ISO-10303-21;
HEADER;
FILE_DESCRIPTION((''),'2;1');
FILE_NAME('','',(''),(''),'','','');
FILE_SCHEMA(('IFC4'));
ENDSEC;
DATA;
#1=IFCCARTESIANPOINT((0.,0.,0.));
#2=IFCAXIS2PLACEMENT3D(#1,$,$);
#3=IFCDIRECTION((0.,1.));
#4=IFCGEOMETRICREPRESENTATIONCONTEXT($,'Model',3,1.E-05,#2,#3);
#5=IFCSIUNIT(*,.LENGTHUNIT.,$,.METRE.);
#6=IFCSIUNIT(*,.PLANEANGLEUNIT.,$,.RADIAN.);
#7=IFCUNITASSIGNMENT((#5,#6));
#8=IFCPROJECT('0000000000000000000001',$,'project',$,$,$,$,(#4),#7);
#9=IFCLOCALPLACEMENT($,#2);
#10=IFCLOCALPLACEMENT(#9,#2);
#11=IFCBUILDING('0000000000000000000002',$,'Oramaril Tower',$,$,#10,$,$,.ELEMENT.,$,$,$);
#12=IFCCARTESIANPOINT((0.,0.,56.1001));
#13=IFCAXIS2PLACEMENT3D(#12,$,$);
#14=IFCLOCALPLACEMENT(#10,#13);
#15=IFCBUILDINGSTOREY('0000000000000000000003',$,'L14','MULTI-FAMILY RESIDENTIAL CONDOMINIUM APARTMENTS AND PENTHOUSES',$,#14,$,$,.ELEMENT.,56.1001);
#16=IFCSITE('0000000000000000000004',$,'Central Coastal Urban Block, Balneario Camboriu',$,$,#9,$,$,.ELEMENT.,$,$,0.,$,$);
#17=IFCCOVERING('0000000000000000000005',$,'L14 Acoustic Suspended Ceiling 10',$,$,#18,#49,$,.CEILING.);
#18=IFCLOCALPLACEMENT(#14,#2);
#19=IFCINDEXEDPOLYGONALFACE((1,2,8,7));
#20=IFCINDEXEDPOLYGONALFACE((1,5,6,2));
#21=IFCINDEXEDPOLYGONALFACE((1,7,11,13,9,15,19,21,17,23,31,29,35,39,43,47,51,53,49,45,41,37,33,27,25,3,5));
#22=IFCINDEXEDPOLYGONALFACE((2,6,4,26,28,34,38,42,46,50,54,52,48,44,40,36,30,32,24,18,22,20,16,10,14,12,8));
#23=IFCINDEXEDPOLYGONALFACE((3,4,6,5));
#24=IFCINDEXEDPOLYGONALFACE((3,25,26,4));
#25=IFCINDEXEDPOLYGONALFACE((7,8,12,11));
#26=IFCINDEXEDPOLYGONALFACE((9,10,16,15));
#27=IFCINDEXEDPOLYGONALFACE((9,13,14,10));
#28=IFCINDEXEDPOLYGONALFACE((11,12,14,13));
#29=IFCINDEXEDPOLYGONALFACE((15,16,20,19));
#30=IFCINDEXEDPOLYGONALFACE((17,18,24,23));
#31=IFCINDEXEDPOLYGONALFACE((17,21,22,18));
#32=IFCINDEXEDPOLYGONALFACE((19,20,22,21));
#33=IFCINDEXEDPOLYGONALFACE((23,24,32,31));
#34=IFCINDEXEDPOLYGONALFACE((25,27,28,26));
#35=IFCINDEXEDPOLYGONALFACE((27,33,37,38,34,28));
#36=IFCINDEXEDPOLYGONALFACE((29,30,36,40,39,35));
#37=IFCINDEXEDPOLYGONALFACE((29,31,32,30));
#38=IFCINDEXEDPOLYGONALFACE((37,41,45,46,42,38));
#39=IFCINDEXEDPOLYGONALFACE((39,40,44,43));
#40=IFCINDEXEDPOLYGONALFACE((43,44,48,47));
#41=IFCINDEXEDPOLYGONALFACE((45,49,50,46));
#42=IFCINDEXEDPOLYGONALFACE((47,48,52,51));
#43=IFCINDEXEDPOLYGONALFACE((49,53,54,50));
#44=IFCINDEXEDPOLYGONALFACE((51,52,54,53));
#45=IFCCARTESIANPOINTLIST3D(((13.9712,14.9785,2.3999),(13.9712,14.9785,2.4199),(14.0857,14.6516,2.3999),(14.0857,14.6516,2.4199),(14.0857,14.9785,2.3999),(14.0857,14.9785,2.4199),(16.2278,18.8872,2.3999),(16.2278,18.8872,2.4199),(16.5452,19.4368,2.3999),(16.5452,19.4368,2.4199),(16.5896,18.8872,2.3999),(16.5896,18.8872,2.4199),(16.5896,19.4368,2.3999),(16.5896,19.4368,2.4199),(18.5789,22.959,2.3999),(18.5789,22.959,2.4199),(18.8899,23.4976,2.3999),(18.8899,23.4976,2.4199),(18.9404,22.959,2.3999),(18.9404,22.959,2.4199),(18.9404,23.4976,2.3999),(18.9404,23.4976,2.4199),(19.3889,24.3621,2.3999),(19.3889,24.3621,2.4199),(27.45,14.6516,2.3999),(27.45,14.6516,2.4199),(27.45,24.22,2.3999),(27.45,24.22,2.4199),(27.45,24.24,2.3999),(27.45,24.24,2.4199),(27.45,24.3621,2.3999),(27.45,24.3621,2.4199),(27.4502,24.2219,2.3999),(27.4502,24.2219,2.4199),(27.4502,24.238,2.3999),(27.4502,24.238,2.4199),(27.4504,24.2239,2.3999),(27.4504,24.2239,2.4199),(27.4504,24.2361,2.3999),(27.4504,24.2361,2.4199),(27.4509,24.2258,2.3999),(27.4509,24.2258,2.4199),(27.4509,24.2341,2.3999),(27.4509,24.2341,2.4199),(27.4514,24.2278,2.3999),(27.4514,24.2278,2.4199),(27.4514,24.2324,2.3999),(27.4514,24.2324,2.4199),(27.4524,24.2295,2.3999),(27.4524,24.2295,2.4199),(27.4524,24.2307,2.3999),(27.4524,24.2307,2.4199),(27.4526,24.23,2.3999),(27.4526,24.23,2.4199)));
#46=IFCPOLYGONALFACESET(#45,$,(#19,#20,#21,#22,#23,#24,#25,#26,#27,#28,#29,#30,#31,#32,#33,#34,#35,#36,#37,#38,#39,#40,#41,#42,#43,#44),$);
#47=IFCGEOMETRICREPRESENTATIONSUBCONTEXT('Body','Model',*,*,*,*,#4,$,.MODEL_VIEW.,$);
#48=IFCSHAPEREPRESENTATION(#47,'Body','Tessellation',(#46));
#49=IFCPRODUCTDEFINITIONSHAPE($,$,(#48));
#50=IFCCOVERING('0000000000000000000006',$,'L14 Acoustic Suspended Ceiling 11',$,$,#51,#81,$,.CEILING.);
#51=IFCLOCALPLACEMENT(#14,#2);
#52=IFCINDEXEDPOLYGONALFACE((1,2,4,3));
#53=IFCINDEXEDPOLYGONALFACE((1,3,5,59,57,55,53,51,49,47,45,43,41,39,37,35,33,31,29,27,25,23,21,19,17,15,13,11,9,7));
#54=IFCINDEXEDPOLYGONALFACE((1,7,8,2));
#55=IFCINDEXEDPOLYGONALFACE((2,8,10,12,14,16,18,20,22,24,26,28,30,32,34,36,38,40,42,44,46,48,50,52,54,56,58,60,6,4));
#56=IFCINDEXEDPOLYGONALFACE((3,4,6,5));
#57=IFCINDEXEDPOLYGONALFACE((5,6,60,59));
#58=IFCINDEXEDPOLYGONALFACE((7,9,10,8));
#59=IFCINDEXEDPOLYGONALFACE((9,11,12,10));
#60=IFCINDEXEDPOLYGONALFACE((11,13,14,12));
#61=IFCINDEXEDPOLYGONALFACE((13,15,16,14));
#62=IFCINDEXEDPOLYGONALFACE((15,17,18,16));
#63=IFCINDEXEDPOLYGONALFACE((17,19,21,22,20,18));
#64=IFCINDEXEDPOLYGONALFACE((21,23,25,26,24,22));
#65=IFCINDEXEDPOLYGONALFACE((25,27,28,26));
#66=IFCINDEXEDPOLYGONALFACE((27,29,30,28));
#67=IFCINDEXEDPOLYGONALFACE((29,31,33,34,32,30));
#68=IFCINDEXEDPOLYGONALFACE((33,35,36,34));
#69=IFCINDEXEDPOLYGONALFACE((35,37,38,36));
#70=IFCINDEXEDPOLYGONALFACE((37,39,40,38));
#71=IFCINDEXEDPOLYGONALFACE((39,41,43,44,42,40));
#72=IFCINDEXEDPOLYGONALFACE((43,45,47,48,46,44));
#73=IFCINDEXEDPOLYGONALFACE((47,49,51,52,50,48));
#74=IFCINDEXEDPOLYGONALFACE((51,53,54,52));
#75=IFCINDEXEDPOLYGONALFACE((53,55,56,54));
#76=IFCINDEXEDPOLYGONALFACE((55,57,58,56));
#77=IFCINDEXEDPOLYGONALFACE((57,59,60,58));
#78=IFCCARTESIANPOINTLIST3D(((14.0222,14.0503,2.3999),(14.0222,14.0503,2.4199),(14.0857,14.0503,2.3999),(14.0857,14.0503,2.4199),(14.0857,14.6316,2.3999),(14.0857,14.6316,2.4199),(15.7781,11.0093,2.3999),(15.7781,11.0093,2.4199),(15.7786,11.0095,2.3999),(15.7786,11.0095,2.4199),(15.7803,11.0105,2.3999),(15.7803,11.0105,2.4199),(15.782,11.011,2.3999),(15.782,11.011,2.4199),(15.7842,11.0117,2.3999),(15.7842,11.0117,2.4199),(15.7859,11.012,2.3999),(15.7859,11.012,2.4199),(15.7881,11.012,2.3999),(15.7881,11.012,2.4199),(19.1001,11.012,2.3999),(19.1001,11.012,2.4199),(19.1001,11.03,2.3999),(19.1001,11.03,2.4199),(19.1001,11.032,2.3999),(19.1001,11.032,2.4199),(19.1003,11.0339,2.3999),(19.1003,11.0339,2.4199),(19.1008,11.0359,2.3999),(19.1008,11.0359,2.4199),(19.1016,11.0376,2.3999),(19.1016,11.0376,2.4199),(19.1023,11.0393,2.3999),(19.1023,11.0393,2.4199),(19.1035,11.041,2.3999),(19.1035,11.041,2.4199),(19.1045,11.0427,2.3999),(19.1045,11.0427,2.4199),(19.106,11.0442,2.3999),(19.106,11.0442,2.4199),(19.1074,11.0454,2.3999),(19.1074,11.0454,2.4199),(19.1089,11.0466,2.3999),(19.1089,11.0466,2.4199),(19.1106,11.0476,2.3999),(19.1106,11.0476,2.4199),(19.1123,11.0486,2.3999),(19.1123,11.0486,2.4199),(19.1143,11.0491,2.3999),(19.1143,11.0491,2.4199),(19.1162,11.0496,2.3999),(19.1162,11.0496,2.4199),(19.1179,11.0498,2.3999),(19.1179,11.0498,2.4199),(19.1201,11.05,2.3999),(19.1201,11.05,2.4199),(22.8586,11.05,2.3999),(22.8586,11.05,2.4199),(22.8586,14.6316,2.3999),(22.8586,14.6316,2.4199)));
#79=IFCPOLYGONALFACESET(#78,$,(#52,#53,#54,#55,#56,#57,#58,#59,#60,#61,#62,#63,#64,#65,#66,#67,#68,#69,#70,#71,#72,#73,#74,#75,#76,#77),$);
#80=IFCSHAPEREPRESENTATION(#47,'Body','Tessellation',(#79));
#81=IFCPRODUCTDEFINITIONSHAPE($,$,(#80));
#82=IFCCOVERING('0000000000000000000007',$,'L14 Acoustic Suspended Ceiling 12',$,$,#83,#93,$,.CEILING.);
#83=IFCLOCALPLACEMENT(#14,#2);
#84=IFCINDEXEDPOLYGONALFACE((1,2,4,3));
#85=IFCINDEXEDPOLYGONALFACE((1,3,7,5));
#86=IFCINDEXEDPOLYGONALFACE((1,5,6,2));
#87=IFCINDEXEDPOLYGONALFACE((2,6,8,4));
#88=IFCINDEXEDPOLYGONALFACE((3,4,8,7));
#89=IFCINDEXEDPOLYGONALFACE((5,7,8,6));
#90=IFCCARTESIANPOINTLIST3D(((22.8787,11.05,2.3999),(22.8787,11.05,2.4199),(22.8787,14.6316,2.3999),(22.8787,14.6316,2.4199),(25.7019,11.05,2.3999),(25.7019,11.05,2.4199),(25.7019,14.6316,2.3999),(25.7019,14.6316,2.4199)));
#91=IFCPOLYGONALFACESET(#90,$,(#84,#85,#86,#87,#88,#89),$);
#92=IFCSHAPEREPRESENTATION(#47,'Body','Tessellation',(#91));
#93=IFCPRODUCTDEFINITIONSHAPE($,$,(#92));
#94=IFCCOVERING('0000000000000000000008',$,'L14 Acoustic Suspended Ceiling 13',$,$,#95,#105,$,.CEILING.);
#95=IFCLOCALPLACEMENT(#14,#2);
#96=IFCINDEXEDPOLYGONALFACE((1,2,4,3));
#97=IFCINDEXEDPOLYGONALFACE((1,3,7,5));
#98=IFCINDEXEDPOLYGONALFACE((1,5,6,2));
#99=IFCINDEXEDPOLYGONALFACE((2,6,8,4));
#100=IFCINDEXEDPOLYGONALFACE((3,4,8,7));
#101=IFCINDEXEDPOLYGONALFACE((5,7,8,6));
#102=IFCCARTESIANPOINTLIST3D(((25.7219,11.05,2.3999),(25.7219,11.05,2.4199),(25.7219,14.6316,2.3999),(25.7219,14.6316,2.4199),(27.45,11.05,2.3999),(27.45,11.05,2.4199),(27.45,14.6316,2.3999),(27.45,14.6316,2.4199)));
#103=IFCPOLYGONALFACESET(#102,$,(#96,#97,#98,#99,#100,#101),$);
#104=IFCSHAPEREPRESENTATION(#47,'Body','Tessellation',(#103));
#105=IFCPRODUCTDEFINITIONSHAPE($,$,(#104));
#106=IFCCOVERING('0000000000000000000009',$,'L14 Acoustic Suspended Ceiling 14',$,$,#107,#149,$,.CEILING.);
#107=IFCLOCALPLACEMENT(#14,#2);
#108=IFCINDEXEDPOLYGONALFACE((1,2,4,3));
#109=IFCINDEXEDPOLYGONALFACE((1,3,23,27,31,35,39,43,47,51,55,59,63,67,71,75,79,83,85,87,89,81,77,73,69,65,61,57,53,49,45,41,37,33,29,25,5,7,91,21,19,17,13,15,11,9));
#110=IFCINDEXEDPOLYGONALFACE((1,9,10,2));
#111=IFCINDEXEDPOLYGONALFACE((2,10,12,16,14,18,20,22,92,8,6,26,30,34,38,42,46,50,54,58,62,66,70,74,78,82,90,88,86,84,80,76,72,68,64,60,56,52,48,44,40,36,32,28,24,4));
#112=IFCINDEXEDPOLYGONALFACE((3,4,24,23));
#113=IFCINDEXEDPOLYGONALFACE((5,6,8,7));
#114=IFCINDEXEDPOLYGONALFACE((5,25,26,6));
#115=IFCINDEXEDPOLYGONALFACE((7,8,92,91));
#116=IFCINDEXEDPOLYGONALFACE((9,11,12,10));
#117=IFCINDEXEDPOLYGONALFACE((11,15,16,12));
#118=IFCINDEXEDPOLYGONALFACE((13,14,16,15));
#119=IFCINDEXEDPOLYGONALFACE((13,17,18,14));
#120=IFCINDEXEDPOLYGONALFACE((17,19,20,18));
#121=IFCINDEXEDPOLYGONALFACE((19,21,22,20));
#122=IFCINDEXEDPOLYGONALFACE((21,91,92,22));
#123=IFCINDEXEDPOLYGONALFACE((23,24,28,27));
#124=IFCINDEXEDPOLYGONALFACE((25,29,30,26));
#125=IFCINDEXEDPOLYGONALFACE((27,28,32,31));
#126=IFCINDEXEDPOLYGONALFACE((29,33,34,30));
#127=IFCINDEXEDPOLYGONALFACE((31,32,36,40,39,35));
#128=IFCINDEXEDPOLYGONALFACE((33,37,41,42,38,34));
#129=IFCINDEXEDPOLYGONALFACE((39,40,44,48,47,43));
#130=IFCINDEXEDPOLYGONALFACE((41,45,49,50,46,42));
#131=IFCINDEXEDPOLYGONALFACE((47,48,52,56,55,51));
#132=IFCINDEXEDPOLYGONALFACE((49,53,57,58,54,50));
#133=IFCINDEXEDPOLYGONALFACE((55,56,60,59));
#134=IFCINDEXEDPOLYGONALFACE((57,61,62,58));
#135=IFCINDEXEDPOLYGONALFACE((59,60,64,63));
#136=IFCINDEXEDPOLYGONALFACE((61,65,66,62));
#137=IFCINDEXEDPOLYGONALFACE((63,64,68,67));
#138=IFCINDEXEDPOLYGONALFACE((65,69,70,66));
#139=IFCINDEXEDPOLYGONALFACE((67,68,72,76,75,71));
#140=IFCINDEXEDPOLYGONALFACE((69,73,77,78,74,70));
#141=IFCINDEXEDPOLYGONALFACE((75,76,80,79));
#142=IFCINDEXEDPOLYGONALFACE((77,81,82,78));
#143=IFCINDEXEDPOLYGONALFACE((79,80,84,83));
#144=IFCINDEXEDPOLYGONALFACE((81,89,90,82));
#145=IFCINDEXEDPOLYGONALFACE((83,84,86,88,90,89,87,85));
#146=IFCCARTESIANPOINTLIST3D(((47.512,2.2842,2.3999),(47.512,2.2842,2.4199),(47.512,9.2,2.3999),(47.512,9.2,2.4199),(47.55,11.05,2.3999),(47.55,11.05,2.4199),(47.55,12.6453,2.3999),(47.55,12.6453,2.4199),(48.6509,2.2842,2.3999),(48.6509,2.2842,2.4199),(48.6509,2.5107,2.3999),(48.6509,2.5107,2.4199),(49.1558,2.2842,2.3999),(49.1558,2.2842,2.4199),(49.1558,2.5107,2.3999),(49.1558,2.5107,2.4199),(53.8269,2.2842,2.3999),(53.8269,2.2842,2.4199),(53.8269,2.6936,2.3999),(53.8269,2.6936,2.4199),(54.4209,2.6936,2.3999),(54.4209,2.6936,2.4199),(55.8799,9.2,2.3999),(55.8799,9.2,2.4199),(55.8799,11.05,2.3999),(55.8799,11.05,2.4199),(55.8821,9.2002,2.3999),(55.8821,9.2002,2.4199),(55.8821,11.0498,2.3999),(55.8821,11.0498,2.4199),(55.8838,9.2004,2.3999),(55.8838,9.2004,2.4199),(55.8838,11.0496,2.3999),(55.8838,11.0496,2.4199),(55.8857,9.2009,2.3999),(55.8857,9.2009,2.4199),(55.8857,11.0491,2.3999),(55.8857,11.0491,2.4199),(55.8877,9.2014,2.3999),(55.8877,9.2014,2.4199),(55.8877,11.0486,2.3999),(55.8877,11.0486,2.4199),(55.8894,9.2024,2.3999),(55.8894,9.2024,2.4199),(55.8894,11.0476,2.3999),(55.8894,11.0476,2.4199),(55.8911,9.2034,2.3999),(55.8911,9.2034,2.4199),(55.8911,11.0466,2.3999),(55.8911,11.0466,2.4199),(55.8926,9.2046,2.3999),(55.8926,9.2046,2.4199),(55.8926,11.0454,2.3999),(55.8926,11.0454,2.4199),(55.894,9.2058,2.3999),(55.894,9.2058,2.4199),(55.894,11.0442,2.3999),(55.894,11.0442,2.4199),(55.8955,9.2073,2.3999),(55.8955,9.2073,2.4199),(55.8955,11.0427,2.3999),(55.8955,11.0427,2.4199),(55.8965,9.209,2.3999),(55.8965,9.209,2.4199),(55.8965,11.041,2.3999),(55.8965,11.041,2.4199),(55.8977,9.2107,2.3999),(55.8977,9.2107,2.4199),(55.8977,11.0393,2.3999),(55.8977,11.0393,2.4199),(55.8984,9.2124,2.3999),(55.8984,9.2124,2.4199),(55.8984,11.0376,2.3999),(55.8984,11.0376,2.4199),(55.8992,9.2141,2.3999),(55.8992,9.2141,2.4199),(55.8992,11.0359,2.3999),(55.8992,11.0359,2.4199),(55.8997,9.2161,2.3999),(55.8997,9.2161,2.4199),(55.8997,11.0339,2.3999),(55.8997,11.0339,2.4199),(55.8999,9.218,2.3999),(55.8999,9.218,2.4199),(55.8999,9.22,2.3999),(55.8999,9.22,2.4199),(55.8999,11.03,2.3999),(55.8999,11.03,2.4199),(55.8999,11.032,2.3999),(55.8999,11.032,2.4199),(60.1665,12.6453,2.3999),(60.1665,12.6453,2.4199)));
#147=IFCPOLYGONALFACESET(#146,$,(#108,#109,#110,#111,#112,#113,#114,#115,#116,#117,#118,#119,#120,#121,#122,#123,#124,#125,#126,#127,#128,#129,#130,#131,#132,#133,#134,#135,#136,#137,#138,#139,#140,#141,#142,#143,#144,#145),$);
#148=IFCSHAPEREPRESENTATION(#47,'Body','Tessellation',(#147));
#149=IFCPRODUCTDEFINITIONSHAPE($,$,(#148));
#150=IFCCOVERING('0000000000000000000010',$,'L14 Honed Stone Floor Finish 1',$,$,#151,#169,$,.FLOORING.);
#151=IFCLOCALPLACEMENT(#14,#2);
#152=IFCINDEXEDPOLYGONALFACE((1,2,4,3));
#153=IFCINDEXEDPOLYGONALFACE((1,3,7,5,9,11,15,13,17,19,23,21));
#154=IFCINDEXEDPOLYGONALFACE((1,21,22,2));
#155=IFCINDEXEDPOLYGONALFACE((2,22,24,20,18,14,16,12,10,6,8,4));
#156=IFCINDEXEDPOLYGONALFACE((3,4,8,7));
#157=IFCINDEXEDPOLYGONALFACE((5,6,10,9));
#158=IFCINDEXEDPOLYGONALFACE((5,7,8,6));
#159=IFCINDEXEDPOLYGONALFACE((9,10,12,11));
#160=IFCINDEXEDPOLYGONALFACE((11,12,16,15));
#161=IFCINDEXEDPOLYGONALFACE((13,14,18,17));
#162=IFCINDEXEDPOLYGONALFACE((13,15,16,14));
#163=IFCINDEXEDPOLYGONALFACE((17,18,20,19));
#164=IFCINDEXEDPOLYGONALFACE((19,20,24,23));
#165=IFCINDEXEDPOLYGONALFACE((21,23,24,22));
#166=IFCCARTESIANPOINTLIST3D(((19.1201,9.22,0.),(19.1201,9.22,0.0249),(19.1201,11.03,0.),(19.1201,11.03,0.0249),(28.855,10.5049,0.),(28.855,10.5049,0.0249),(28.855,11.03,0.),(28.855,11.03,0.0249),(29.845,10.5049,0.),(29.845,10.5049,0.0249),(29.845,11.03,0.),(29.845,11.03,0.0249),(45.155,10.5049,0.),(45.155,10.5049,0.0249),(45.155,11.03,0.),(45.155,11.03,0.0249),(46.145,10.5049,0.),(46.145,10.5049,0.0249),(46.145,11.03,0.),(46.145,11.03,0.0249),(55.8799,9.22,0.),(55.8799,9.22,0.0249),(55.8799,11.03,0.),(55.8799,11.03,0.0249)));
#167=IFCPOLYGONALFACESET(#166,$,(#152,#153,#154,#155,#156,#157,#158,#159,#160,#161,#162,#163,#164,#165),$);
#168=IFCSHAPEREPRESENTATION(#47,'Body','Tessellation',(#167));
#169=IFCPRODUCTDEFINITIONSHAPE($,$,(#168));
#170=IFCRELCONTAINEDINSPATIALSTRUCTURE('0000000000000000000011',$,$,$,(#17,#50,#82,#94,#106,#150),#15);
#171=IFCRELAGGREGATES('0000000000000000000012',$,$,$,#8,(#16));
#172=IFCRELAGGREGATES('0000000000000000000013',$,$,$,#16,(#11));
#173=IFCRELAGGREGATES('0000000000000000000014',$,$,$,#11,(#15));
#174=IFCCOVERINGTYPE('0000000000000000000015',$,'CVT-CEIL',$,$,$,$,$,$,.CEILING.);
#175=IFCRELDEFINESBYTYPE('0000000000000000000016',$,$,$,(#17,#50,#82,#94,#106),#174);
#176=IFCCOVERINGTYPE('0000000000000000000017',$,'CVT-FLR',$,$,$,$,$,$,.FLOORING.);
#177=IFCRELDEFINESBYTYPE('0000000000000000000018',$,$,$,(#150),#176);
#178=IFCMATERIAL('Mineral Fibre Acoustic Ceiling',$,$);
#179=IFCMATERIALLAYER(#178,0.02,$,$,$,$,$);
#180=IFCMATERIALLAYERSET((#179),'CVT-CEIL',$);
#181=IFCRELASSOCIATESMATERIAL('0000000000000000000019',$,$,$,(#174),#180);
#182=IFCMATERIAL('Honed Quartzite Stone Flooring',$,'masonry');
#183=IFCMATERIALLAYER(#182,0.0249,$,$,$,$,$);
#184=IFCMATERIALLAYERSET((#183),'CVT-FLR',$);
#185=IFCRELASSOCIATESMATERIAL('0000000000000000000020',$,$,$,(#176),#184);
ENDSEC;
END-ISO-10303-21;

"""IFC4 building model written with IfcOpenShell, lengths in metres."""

from ifc_helpers import new_model, si_unit, direction, frame, origin, place, context, subcontext, project, spatial, polyline, outline, extrude, material, layer, layer_set, type_object, element, save


model = new_model("IFC4")

# Units and contexts
model_context = context("Model", 3, precision=1e-05, world=origin(), true_north=direction((0.0, 1.0)))
body_context = subcontext(model_context, "Body", "Model", "MODEL_VIEW")
ifc_project = project(units=[si_unit("LENGTHUNIT", "METRE"), si_unit("PLANEANGLEUNIT", "RADIAN")], contexts=[model_context])

# Site, building, storey
site_placement = place(None, origin())
site = spatial("IfcSite", under=ifc_project, at=site_placement, Name="Central Coastal Urban Block, Balneario Camboriu", CompositionType="ELEMENT", RefElevation=0.0)
building_placement = place(site_placement, origin())
building = spatial("IfcBuilding", under=site, at=building_placement, Name="Oramaril Tower", CompositionType="ELEMENT")
storey_placement = place(building_placement, frame((0.0, 0.0, 56.1001)))
storey = spatial("IfcBuildingStorey", under=building, at=storey_placement, Name="L14", Description="MULTI-FAMILY RESIDENTIAL CONDOMINIUM APARTMENTS AND PENTHOUSES", CompositionType="ELEMENT", Elevation=56.1001)

# Coverings
ifc_material_1 = material(Name="Mineral Fibre Acoustic Ceiling")
ifc_layer_1 = layer(ifc_material_1, 0.02)
ifc_layer_set_1 = layer_set([ifc_layer_1], Name="CVT-CEIL")
covering_type_1 = type_object("IfcCoveringType", Name="CVT-CEIL", PredefinedType="CEILING", material=ifc_layer_set_1)
covering_1_placement = place(storey_placement, frame((0.0, 0.0, 2.3999)))
element("IfcCovering", 1, at=covering_1_placement, inside=storey, type_object=covering_type_1, Name="L14 Acoustic Suspended Ceiling 10", PredefinedType="CEILING", context=body_context, shape_type="SweptSolid", body=[
    extrude(outline(polyline([(14.0857, 14.6516), (14.0857, 14.9785), (13.9712, 14.9785), (16.2278, 18.8872), (16.5896, 18.8872), (16.5896, 19.4368), (16.5452, 19.4368), (18.5789, 22.959), (18.9404, 22.959), (18.9404, 23.4976), (18.8899, 23.4976), (19.3889, 24.3621), (27.45, 24.3621), (27.45, 24.24), (27.4502, 24.238), (27.4504, 24.2361), (27.4509, 24.2341), (27.4514, 24.2324), (27.4524, 24.2307), (27.4526, 24.23), (27.4524, 24.2295), (27.4514, 24.2278), (27.4509, 24.2258), (27.4504, 24.2239), (27.4502, 24.2219), (27.45, 24.22), (27.45, 14.6516), (14.0857, 14.6516)])), origin(), (0.0, 0.0, 1.0), 0.02),
])
covering_2_placement = place(storey_placement, frame((0.0, 0.0, 2.3999)))
element("IfcCovering", 2, at=covering_2_placement, inside=storey, type_object=covering_type_1, Name="L14 Acoustic Suspended Ceiling 11", PredefinedType="CEILING", context=body_context, shape_type="SweptSolid", body=[
    extrude(outline(polyline([(14.0222, 14.0503), (14.0857, 14.0503), (14.0857, 14.6316), (22.8586, 14.6316), (22.8586, 11.05), (19.1201, 11.05), (19.1179, 11.0498), (19.1162, 11.0496), (19.1143, 11.0491), (19.1123, 11.0486), (19.1106, 11.0476), (19.1089, 11.0466), (19.1074, 11.0454), (19.106, 11.0442), (19.1045, 11.0427), (19.1035, 11.041), (19.1023, 11.0393), (19.1016, 11.0376), (19.1008, 11.0359), (19.1003, 11.0339), (19.1001, 11.032), (19.1001, 11.03), (19.1001, 11.012), (15.7881, 11.012), (15.7859, 11.012), (15.7842, 11.0117), (15.782, 11.011), (15.7803, 11.0105), (15.7786, 11.0095), (15.7781, 11.0093), (14.0222, 14.0503)])), origin(), (0.0, 0.0, 1.0), 0.02),
])
covering_3_placement = place(storey_placement, frame((0.0, 0.0, 2.3999)))
element("IfcCovering", 3, at=covering_3_placement, inside=storey, type_object=covering_type_1, Name="L14 Acoustic Suspended Ceiling 12", PredefinedType="CEILING", context=body_context, shape_type="SweptSolid", body=[
    extrude(outline(polyline([(25.7019, 11.05), (22.8787, 11.05), (22.8787, 14.6316), (25.7019, 14.6316), (25.7019, 11.05)])), origin(), (0.0, 0.0, 1.0), 0.02),
])
covering_4_placement = place(storey_placement, frame((0.0, 0.0, 2.3999)))
element("IfcCovering", 4, at=covering_4_placement, inside=storey, type_object=covering_type_1, Name="L14 Acoustic Suspended Ceiling 13", PredefinedType="CEILING", context=body_context, shape_type="SweptSolid", body=[
    extrude(outline(polyline([(25.7219, 14.6316), (27.45, 14.6316), (27.45, 11.05), (25.7219, 11.05), (25.7219, 14.6316)])), origin(), (0.0, 0.0, 1.0), 0.02),
])
covering_5_placement = place(storey_placement, frame((0.0, 0.0, 2.3999)))
element("IfcCovering", 5, at=covering_5_placement, inside=storey, type_object=covering_type_1, Name="L14 Acoustic Suspended Ceiling 14", PredefinedType="CEILING", context=body_context, shape_type="SweptSolid", body=[
    extrude(outline(polyline([(60.1665, 12.6453), (54.4209, 2.6936), (53.8269, 2.6936), (53.8269, 2.2842), (49.1558, 2.2842), (49.1558, 2.5107), (48.6509, 2.5107), (48.6509, 2.2842), (47.512, 2.2842), (47.512, 9.2), (55.8799, 9.2), (55.8821, 9.2002), (55.8838, 9.2004), (55.8857, 9.2009), (55.8877, 9.2014), (55.8894, 9.2024), (55.8911, 9.2034), (55.8926, 9.2046), (55.894, 9.2058), (55.8955, 9.2073), (55.8965, 9.209), (55.8977, 9.2107), (55.8984, 9.2124), (55.8992, 9.2141), (55.8997, 9.2161), (55.8999, 9.218), (55.8999, 9.22), (55.8999, 11.03), (55.8999, 11.032), (55.8997, 11.0339), (55.8992, 11.0359), (55.8984, 11.0376), (55.8977, 11.0393), (55.8965, 11.041), (55.8955, 11.0427), (55.894, 11.0442), (55.8926, 11.0454), (55.8911, 11.0466), (55.8894, 11.0476), (55.8877, 11.0486), (55.8857, 11.0491), (55.8838, 11.0496), (55.8821, 11.0498), (55.8799, 11.05), (47.55, 11.05), (47.55, 12.6453), (60.1665, 12.6453)])), origin(), (0.0, 0.0, 1.0), 0.02),
])
ifc_material_2 = material(Name="Honed Quartzite Stone Flooring", Category="masonry")
ifc_layer_2 = layer(ifc_material_2, 0.0249)
ifc_layer_set_2 = layer_set([ifc_layer_2], Name="CVT-FLR")
covering_type_2 = type_object("IfcCoveringType", Name="CVT-FLR", PredefinedType="FLOORING", material=ifc_layer_set_2)
covering_6_placement = place(storey_placement, origin())
element("IfcCovering", 6, at=covering_6_placement, inside=storey, type_object=covering_type_2, Name="L14 Honed Stone Floor Finish 1", PredefinedType="FLOORING", context=body_context, shape_type="SweptSolid", body=[
    extrude(outline(polyline([(28.855, 10.5049), (29.845, 10.5049), (29.845, 11.03), (45.155, 11.03), (45.155, 10.5049), (46.145, 10.5049), (46.145, 11.03), (55.8799, 11.03), (55.8799, 9.22), (19.1201, 9.22), (19.1201, 11.03), (28.855, 11.03), (28.855, 10.5049)])), origin(), (0.0, 0.0, 1.0), 0.0249),
])

save(model, "model.ifc")
